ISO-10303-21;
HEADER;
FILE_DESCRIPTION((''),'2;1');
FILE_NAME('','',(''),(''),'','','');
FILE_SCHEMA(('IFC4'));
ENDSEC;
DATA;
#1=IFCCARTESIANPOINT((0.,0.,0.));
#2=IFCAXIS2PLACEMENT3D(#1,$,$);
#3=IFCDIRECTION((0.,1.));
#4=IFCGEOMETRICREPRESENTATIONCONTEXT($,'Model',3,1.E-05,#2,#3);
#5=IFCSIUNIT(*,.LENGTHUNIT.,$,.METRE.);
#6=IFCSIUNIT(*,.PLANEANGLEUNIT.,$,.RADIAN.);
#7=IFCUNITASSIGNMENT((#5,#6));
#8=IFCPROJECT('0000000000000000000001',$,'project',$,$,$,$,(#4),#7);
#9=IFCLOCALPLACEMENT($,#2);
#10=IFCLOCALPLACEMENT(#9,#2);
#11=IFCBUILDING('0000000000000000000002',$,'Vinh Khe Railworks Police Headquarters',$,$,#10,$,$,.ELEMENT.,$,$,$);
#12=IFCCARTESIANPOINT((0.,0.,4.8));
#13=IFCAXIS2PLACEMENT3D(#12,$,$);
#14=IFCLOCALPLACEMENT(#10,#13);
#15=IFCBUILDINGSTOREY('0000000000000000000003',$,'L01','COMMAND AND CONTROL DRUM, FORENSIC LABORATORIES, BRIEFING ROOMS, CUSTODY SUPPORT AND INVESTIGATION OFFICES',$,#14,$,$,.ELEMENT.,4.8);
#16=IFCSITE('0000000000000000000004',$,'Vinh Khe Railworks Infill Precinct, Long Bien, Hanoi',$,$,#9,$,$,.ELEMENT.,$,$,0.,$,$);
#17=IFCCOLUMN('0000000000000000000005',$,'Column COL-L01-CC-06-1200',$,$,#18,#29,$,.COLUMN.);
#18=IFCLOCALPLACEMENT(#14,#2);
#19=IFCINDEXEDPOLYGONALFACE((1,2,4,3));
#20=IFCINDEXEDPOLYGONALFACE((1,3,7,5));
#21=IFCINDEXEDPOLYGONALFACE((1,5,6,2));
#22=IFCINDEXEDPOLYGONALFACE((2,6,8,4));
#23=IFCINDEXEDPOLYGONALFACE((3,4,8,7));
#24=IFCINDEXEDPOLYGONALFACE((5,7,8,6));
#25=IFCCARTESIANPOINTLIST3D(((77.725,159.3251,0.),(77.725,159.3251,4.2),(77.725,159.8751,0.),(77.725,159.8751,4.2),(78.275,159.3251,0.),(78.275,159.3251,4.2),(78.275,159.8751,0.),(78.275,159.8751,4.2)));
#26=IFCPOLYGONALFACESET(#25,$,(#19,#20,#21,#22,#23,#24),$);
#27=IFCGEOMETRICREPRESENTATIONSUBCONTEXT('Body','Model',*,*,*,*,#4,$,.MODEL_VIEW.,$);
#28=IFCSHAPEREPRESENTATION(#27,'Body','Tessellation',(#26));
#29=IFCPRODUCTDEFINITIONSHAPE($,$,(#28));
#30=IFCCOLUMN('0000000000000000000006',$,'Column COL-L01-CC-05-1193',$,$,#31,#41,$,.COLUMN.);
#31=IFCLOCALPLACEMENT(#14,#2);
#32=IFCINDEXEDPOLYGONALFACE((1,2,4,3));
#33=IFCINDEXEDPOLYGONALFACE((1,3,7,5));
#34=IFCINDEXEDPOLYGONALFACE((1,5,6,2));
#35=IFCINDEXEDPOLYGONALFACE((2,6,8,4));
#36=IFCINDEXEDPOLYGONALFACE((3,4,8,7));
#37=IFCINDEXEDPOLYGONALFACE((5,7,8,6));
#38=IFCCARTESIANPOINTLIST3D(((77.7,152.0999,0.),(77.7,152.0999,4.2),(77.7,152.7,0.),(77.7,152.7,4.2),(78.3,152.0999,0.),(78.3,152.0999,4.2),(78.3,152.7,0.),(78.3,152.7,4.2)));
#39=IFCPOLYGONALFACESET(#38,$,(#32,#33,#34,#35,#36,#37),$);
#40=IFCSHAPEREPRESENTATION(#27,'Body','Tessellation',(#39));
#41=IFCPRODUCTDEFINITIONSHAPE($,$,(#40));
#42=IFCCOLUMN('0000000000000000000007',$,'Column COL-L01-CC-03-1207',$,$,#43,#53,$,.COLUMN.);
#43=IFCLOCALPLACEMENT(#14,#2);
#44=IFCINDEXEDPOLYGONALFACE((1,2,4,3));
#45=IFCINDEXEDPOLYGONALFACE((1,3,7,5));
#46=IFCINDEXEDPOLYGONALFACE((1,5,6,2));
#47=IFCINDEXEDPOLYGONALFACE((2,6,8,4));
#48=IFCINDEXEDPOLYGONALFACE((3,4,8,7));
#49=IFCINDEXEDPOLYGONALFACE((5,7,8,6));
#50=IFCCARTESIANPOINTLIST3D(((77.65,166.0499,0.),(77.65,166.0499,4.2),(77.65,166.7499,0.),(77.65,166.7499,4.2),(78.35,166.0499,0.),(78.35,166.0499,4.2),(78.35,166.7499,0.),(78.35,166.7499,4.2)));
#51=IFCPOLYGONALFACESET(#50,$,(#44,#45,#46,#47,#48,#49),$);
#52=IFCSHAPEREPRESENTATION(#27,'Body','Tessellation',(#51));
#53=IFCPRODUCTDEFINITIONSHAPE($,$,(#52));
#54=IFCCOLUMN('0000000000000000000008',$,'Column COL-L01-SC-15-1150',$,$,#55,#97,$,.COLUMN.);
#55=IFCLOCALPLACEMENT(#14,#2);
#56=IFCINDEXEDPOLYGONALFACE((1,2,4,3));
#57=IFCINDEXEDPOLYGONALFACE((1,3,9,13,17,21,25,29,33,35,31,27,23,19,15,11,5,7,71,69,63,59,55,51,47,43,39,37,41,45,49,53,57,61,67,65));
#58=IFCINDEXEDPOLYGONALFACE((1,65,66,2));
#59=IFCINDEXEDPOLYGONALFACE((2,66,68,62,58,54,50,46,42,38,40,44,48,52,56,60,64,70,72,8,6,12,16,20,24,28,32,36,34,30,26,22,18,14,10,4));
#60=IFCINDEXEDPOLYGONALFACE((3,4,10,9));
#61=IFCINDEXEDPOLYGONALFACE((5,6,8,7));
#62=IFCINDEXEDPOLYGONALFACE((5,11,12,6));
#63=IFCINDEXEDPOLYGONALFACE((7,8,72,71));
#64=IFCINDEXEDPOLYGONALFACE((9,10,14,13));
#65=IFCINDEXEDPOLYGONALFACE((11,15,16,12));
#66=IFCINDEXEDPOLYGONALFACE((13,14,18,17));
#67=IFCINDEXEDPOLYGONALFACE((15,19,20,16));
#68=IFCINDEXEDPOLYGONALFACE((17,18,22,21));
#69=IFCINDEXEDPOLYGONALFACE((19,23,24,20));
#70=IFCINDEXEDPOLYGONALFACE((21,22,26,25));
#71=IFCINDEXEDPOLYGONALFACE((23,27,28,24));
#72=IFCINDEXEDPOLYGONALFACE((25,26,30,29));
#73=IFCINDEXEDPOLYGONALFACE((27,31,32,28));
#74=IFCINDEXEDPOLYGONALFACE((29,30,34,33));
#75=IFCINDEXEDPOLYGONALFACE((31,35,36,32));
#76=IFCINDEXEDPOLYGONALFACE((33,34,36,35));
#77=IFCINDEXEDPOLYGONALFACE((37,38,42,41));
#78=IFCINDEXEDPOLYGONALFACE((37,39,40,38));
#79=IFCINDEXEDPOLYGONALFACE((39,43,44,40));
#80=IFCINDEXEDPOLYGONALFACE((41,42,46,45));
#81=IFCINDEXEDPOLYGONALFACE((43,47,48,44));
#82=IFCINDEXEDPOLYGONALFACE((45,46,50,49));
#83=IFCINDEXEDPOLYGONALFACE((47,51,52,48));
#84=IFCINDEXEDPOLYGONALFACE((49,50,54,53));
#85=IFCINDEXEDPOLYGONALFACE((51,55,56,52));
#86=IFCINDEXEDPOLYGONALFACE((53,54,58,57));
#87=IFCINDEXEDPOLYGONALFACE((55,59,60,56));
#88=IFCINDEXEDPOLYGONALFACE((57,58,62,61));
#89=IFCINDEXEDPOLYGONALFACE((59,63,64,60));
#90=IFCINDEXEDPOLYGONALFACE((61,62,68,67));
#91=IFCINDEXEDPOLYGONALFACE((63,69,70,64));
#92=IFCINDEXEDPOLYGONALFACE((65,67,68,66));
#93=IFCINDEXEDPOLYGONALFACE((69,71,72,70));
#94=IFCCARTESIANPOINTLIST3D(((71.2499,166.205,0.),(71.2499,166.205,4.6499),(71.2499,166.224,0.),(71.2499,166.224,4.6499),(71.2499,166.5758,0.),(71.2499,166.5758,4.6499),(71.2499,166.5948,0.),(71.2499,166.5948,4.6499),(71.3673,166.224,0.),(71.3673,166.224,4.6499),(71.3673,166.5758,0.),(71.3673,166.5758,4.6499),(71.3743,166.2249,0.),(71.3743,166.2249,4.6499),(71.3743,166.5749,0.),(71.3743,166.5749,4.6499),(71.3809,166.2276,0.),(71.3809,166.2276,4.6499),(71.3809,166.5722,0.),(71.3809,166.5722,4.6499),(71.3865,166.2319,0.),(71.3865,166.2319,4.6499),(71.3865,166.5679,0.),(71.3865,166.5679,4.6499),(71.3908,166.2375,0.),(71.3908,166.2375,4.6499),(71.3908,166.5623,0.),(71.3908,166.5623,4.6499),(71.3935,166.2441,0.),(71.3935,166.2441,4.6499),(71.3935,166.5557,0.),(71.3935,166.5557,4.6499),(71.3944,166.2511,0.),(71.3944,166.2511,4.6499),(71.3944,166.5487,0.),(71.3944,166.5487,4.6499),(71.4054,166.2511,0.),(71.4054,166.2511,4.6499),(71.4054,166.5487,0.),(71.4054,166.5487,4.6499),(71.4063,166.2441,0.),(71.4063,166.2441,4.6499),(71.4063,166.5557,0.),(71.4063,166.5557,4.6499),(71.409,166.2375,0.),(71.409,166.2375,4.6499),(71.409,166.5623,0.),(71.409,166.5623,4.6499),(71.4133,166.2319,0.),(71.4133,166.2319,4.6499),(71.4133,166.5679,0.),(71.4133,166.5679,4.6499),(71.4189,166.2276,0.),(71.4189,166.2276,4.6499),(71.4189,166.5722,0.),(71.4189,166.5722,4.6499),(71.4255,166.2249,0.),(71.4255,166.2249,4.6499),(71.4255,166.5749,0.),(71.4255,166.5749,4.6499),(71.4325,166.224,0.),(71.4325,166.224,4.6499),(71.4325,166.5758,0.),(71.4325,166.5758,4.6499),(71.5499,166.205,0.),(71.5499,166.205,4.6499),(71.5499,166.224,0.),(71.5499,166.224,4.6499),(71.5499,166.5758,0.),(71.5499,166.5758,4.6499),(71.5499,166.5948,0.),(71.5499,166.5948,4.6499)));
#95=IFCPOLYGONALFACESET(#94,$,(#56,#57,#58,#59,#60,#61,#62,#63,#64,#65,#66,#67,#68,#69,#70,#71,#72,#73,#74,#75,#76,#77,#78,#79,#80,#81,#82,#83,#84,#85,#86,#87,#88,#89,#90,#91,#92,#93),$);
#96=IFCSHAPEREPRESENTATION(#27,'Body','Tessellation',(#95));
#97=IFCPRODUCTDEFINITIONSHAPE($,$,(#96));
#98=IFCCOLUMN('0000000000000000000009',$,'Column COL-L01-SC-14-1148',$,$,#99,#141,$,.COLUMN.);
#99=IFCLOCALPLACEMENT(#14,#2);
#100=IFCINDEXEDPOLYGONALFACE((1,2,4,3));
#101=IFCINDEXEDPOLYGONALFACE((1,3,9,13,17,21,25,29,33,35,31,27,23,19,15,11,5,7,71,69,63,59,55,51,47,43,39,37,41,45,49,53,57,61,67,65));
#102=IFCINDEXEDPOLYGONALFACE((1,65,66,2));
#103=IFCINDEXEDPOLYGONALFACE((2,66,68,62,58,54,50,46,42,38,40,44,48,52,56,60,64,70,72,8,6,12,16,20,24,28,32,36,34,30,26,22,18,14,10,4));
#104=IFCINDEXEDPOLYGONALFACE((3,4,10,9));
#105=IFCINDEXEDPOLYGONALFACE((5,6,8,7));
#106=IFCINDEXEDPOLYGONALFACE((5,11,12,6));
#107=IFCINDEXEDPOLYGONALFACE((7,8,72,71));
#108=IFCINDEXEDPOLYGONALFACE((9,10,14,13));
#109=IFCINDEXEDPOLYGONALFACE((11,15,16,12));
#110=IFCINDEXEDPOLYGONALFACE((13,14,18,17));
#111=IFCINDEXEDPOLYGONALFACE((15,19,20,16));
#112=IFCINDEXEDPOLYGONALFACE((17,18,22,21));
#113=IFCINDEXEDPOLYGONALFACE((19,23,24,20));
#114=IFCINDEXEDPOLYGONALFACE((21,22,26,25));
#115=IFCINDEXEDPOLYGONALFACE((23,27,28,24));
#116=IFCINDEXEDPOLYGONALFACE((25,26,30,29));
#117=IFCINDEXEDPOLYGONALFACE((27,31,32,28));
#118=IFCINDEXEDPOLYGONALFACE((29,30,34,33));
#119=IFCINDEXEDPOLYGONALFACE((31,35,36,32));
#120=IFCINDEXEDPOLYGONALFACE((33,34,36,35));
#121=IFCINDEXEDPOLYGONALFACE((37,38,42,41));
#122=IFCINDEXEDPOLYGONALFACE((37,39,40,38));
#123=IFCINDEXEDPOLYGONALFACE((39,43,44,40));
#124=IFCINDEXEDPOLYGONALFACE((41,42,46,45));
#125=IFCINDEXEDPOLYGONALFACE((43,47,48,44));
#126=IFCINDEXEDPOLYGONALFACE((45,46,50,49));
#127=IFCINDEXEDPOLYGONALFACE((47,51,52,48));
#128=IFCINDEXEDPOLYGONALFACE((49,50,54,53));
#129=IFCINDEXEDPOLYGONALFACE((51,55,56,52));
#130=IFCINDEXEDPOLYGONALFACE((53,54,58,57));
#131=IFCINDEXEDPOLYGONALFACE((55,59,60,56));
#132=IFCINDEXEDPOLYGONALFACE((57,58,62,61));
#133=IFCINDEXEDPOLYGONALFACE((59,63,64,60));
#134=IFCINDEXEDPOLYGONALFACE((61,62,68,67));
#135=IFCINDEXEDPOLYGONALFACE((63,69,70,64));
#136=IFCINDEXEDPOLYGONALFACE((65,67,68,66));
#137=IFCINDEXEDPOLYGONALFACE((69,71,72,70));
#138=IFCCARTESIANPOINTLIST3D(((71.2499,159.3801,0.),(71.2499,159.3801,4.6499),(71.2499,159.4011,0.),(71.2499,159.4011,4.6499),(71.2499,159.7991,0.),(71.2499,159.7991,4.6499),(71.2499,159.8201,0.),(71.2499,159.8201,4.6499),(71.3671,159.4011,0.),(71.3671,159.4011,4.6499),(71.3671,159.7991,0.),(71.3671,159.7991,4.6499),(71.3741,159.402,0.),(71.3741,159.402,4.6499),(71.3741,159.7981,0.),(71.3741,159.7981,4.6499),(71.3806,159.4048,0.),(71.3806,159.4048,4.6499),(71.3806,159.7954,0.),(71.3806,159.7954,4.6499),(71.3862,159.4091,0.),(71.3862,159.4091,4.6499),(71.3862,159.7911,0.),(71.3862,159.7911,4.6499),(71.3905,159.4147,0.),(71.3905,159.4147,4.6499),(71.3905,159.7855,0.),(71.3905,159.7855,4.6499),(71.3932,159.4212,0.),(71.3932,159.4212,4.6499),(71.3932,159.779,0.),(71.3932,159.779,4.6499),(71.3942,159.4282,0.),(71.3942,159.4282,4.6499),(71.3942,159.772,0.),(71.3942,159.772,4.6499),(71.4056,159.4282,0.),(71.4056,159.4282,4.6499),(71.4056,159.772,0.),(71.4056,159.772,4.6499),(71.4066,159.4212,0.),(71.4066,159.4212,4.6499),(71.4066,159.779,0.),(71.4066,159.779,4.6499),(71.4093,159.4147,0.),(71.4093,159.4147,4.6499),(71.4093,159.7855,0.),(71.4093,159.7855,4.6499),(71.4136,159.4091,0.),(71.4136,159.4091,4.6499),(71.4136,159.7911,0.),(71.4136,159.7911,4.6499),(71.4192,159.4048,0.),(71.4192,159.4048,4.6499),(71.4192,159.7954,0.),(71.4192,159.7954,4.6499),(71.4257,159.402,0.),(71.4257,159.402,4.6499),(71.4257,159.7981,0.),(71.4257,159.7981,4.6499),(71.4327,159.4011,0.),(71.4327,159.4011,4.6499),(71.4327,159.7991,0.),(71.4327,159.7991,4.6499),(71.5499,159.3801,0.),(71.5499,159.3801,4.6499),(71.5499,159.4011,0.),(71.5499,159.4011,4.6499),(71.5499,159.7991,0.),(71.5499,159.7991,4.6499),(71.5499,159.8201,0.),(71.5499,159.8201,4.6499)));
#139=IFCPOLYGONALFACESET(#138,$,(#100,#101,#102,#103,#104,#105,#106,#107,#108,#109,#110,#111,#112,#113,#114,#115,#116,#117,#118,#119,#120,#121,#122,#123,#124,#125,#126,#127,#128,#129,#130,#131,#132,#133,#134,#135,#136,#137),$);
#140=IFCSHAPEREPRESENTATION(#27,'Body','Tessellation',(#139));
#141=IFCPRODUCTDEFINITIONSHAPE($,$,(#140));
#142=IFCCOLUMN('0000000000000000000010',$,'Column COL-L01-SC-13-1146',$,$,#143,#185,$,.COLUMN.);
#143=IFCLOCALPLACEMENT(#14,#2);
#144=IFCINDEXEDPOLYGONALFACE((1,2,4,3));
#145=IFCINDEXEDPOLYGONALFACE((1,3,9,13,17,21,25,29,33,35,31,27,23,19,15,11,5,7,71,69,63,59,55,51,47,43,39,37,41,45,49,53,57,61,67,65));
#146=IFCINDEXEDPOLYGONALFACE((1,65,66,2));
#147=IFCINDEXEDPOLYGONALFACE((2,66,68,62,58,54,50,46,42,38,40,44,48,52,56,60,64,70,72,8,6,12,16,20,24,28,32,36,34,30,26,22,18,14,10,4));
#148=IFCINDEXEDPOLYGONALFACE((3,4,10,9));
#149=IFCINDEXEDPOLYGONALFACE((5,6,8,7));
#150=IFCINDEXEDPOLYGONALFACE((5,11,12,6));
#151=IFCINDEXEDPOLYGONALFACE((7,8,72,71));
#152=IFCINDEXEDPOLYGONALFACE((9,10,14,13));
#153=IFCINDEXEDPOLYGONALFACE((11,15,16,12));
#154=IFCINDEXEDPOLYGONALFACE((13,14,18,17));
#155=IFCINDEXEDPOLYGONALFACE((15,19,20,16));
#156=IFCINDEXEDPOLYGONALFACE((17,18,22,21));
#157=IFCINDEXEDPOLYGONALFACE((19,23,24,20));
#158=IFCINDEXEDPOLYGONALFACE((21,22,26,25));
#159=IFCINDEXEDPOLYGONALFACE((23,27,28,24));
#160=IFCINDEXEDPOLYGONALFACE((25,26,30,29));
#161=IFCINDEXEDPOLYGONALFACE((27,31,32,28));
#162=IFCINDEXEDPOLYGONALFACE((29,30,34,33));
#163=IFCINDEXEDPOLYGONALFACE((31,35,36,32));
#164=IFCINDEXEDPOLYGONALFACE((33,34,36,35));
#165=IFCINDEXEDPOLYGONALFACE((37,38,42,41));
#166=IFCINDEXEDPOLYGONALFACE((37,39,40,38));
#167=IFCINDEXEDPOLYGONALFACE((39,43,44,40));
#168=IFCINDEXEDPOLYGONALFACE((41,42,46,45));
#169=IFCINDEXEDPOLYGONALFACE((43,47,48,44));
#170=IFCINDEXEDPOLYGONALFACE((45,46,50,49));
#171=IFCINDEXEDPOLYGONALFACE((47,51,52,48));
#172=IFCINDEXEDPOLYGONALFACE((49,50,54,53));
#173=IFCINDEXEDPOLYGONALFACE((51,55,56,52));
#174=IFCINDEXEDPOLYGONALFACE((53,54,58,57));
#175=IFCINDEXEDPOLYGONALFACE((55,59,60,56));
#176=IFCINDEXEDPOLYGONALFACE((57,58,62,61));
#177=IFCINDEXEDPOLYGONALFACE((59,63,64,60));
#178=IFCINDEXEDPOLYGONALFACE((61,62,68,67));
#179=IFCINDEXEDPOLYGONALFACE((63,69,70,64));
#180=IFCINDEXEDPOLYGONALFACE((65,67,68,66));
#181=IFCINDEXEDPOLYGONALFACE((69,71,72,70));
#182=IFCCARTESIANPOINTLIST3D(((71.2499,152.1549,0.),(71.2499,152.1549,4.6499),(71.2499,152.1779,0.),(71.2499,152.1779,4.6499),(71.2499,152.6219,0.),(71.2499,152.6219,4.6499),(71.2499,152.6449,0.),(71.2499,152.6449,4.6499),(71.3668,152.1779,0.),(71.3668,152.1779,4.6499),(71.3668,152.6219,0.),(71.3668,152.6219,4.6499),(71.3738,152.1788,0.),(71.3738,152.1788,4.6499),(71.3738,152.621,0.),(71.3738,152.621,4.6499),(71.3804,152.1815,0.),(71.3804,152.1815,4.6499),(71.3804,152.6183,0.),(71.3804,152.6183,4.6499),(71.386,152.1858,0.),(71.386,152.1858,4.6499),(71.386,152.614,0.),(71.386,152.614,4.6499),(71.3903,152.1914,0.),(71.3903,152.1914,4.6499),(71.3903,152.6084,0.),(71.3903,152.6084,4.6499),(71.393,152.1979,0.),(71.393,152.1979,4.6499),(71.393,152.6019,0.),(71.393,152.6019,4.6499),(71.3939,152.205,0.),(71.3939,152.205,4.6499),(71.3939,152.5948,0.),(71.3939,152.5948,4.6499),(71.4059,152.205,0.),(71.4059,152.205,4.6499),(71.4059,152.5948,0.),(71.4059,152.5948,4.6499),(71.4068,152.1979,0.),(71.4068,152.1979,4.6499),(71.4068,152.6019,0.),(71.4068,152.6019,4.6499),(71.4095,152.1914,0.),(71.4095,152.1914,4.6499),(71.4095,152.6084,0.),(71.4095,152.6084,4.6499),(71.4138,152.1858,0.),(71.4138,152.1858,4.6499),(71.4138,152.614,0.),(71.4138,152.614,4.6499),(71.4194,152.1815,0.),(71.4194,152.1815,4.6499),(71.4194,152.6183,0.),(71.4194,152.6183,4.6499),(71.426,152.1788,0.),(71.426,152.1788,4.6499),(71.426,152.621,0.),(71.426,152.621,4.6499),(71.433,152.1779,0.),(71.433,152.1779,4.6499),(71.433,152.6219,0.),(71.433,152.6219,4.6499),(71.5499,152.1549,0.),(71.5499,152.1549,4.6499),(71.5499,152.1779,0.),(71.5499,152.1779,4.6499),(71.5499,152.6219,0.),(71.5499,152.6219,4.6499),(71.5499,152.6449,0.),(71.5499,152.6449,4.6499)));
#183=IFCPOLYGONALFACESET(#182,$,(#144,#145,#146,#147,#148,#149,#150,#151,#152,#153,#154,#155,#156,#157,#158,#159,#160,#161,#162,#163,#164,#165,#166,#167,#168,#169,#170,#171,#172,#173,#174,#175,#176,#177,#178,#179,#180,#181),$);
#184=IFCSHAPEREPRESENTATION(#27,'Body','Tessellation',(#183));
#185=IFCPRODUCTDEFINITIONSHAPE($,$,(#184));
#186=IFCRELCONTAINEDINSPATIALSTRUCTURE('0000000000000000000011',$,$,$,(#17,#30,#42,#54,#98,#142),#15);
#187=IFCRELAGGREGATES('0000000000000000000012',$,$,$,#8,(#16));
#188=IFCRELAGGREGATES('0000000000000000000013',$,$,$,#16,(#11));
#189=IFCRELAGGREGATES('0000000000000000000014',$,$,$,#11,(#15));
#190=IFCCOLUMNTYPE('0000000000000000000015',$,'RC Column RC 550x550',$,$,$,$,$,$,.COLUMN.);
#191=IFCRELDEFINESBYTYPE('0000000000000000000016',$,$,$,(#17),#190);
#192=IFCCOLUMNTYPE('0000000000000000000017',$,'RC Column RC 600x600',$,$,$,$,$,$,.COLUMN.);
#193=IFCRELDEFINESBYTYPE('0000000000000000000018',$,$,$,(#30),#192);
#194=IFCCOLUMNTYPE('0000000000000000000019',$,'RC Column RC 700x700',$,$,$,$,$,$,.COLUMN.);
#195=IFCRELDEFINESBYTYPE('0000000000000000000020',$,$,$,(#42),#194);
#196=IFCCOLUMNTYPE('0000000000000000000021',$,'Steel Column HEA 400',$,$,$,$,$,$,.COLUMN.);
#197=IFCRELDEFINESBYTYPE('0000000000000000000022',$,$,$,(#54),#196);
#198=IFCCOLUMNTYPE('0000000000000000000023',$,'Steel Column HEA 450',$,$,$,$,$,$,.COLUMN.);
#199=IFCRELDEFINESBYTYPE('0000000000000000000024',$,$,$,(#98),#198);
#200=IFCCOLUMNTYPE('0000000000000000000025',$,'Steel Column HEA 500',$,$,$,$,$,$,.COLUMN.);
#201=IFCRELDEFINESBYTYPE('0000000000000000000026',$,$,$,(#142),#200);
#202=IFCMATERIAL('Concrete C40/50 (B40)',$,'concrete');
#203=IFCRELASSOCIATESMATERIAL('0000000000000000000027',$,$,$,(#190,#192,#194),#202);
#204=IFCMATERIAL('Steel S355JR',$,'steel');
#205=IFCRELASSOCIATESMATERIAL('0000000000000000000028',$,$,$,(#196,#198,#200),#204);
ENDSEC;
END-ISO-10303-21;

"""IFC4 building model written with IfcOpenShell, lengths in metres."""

from ifc_helpers import new_model, si_unit, direction, frame, origin, origin_2d, place, context, subcontext, project, spatial, rectangle, i_section, extrude, material, material_profile, profile_set, type_object, element, save


model = new_model("IFC4")

# Units and contexts
model_context = context("Model", 3, precision=1e-05, world=origin(), true_north=direction((0.0, 1.0)))
body_context = subcontext(model_context, "Body", "Model", "MODEL_VIEW")
ifc_project = project(units=[si_unit("LENGTHUNIT", "METRE"), si_unit("PLANEANGLEUNIT", "RADIAN")], contexts=[model_context])

# Site, building, storey
site_placement = place(None, origin())
site = spatial("IfcSite", under=ifc_project, at=site_placement, Name="Vinh Khe Railworks Infill Precinct, Long Bien, Hanoi", CompositionType="ELEMENT", RefElevation=0.0)
building_placement = place(site_placement, origin())
building = spatial("IfcBuilding", under=site, at=building_placement, Name="Vinh Khe Railworks Police Headquarters", CompositionType="ELEMENT")
storey_placement = place(building_placement, frame((0.0, 0.0, 4.8)))
storey = spatial("IfcBuildingStorey", under=building, at=storey_placement, Name="L01", Description="COMMAND AND CONTROL DRUM, FORENSIC LABORATORIES, BRIEFING ROOMS, CUSTODY SUPPORT AND INVESTIGATION OFFICES", CompositionType="ELEMENT", Elevation=4.8)

# Columns
ifc_material_1 = material(Name="Concrete C40/50 (B40)", Category="concrete")
ifc_material_profile_1 = material_profile(ifc_material_1, rectangle(XDim=0.55, YDim=0.55, at=origin_2d()), Name="RC 550x550")
ifc_profile_set_1 = profile_set([ifc_material_profile_1], Name="Concrete C40/50 (B40)")
column_type_1 = type_object("IfcColumnType", Name="RC Column RC 550x550", PredefinedType="COLUMN", material=ifc_profile_set_1)
column_1_placement = place(storey_placement, frame((78.0, 159.6001, 0.0), z_axis=(0.0, 0.0, 1.0), x_axis=(1.0, 0.0, 0.0)))
element("IfcColumn", 1, at=column_1_placement, inside=storey, type_object=column_type_1, Name="Column COL-L01-CC-06-1200", PredefinedType="COLUMN", context=body_context, shape_type="SweptSolid", body=[
    extrude(rectangle(XDim=0.55, YDim=0.55, at=origin_2d()), origin(), (0.0, 0.0, 1.0), 4.2),
])
ifc_material_profile_2 = material_profile(ifc_material_1, rectangle(XDim=0.6001, YDim=0.6001, at=origin_2d()), Name="RC 600x600")
ifc_profile_set_2 = profile_set([ifc_material_profile_2], Name="Concrete C40/50 (B40)")
column_type_2 = type_object("IfcColumnType", Name="RC Column RC 600x600", PredefinedType="COLUMN", material=ifc_profile_set_2)
column_2_placement = place(storey_placement, frame((78.0, 152.3999, 0.0), z_axis=(0.0, 0.0, 1.0), x_axis=(1.0, 0.0, 0.0)))
element("IfcColumn", 2, at=column_2_placement, inside=storey, type_object=column_type_2, Name="Column COL-L01-CC-05-1193", PredefinedType="COLUMN", context=body_context, shape_type="SweptSolid", body=[
    extrude(rectangle(XDim=0.6001, YDim=0.6001, at=origin_2d()), origin(), (0.0, 0.0, 1.0), 4.2),
])
ifc_material_profile_3 = material_profile(ifc_material_1, rectangle(XDim=0.7, YDim=0.7, at=origin_2d()), Name="RC 700x700")
ifc_profile_set_3 = profile_set([ifc_material_profile_3], Name="Concrete C40/50 (B40)")
column_type_3 = type_object("IfcColumnType", Name="RC Column RC 700x700", PredefinedType="COLUMN", material=ifc_profile_set_3)
column_3_placement = place(storey_placement, frame((78.0, 166.3999, 0.0), z_axis=(0.0, 0.0, 1.0), x_axis=(1.0, 0.0, 0.0)))
element("IfcColumn", 3, at=column_3_placement, inside=storey, type_object=column_type_3, Name="Column COL-L01-CC-03-1207", PredefinedType="COLUMN", context=body_context, shape_type="SweptSolid", body=[
    extrude(rectangle(XDim=0.7, YDim=0.7, at=origin_2d()), origin(), (0.0, 0.0, 1.0), 4.2),
])
ifc_material_2 = material(Name="Steel S355JR", Category="steel")
ifc_material_profile_4 = material_profile(ifc_material_2, i_section(OverallWidth=0.3, OverallDepth=0.3899, WebThickness=0.011, FlangeThickness=0.019, FilletRadius=0.0271, at=origin_2d()), Name="HEA 400")
ifc_profile_set_4 = profile_set([ifc_material_profile_4], Name="Steel S355JR")
column_type_4 = type_object("IfcColumnType", Name="Steel Column HEA 400", PredefinedType="COLUMN", material=ifc_profile_set_4)
column_4_placement = place(storey_placement, frame((71.3999, 166.3999, 0.0), z_axis=(0.0, 0.0, 1.0), x_axis=(1.0, 0.0, 0.0)))
element("IfcColumn", 4, at=column_4_placement, inside=storey, type_object=column_type_4, Name="Column COL-L01-SC-15-1150", PredefinedType="COLUMN", context=body_context, shape_type="SweptSolid", body=[
    extrude(i_section(OverallWidth=0.3, OverallDepth=0.3899, WebThickness=0.011, FlangeThickness=0.019, FilletRadius=0.0271, at=origin_2d()), origin(), (0.0, 0.0, 1.0), 4.6499),
])
ifc_material_profile_5 = material_profile(ifc_material_2, i_section(OverallWidth=0.3, OverallDepth=0.4399, WebThickness=0.0115, FlangeThickness=0.021, FilletRadius=0.0271, at=origin_2d()), Name="HEA 450")
ifc_profile_set_5 = profile_set([ifc_material_profile_5], Name="Steel S355JR")
column_type_5 = type_object("IfcColumnType", Name="Steel Column HEA 450", PredefinedType="COLUMN", material=ifc_profile_set_5)
column_5_placement = place(storey_placement, frame((71.3999, 159.6001, 0.0), z_axis=(0.0, 0.0, 1.0), x_axis=(1.0, 0.0, 0.0)))
element("IfcColumn", 5, at=column_5_placement, inside=storey, type_object=column_type_5, Name="Column COL-L01-SC-14-1148", PredefinedType="COLUMN", context=body_context, shape_type="SweptSolid", body=[
    extrude(i_section(OverallWidth=0.3, OverallDepth=0.4399, WebThickness=0.0115, FlangeThickness=0.021, FilletRadius=0.0271, at=origin_2d()), origin(), (0.0, 0.0, 1.0), 4.6499),
])
ifc_material_profile_6 = material_profile(ifc_material_2, i_section(OverallWidth=0.3, OverallDepth=0.49, WebThickness=0.012, FlangeThickness=0.0229, FilletRadius=0.0271, at=origin_2d()), Name="HEA 500")
ifc_profile_set_6 = profile_set([ifc_material_profile_6], Name="Steel S355JR")
column_type_6 = type_object("IfcColumnType", Name="Steel Column HEA 500", PredefinedType="COLUMN", material=ifc_profile_set_6)
column_6_placement = place(storey_placement, frame((71.3999, 152.3999, 0.0), z_axis=(0.0, 0.0, 1.0), x_axis=(1.0, 0.0, 0.0)))
element("IfcColumn", 6, at=column_6_placement, inside=storey, type_object=column_type_6, Name="Column COL-L01-SC-13-1146", PredefinedType="COLUMN", context=body_context, shape_type="SweptSolid", body=[
    extrude(i_section(OverallWidth=0.3, OverallDepth=0.49, WebThickness=0.012, FlangeThickness=0.0229, FilletRadius=0.0271, at=origin_2d()), origin(), (0.0, 0.0, 1.0), 4.6499),
])

save(model, "model.ifc")
